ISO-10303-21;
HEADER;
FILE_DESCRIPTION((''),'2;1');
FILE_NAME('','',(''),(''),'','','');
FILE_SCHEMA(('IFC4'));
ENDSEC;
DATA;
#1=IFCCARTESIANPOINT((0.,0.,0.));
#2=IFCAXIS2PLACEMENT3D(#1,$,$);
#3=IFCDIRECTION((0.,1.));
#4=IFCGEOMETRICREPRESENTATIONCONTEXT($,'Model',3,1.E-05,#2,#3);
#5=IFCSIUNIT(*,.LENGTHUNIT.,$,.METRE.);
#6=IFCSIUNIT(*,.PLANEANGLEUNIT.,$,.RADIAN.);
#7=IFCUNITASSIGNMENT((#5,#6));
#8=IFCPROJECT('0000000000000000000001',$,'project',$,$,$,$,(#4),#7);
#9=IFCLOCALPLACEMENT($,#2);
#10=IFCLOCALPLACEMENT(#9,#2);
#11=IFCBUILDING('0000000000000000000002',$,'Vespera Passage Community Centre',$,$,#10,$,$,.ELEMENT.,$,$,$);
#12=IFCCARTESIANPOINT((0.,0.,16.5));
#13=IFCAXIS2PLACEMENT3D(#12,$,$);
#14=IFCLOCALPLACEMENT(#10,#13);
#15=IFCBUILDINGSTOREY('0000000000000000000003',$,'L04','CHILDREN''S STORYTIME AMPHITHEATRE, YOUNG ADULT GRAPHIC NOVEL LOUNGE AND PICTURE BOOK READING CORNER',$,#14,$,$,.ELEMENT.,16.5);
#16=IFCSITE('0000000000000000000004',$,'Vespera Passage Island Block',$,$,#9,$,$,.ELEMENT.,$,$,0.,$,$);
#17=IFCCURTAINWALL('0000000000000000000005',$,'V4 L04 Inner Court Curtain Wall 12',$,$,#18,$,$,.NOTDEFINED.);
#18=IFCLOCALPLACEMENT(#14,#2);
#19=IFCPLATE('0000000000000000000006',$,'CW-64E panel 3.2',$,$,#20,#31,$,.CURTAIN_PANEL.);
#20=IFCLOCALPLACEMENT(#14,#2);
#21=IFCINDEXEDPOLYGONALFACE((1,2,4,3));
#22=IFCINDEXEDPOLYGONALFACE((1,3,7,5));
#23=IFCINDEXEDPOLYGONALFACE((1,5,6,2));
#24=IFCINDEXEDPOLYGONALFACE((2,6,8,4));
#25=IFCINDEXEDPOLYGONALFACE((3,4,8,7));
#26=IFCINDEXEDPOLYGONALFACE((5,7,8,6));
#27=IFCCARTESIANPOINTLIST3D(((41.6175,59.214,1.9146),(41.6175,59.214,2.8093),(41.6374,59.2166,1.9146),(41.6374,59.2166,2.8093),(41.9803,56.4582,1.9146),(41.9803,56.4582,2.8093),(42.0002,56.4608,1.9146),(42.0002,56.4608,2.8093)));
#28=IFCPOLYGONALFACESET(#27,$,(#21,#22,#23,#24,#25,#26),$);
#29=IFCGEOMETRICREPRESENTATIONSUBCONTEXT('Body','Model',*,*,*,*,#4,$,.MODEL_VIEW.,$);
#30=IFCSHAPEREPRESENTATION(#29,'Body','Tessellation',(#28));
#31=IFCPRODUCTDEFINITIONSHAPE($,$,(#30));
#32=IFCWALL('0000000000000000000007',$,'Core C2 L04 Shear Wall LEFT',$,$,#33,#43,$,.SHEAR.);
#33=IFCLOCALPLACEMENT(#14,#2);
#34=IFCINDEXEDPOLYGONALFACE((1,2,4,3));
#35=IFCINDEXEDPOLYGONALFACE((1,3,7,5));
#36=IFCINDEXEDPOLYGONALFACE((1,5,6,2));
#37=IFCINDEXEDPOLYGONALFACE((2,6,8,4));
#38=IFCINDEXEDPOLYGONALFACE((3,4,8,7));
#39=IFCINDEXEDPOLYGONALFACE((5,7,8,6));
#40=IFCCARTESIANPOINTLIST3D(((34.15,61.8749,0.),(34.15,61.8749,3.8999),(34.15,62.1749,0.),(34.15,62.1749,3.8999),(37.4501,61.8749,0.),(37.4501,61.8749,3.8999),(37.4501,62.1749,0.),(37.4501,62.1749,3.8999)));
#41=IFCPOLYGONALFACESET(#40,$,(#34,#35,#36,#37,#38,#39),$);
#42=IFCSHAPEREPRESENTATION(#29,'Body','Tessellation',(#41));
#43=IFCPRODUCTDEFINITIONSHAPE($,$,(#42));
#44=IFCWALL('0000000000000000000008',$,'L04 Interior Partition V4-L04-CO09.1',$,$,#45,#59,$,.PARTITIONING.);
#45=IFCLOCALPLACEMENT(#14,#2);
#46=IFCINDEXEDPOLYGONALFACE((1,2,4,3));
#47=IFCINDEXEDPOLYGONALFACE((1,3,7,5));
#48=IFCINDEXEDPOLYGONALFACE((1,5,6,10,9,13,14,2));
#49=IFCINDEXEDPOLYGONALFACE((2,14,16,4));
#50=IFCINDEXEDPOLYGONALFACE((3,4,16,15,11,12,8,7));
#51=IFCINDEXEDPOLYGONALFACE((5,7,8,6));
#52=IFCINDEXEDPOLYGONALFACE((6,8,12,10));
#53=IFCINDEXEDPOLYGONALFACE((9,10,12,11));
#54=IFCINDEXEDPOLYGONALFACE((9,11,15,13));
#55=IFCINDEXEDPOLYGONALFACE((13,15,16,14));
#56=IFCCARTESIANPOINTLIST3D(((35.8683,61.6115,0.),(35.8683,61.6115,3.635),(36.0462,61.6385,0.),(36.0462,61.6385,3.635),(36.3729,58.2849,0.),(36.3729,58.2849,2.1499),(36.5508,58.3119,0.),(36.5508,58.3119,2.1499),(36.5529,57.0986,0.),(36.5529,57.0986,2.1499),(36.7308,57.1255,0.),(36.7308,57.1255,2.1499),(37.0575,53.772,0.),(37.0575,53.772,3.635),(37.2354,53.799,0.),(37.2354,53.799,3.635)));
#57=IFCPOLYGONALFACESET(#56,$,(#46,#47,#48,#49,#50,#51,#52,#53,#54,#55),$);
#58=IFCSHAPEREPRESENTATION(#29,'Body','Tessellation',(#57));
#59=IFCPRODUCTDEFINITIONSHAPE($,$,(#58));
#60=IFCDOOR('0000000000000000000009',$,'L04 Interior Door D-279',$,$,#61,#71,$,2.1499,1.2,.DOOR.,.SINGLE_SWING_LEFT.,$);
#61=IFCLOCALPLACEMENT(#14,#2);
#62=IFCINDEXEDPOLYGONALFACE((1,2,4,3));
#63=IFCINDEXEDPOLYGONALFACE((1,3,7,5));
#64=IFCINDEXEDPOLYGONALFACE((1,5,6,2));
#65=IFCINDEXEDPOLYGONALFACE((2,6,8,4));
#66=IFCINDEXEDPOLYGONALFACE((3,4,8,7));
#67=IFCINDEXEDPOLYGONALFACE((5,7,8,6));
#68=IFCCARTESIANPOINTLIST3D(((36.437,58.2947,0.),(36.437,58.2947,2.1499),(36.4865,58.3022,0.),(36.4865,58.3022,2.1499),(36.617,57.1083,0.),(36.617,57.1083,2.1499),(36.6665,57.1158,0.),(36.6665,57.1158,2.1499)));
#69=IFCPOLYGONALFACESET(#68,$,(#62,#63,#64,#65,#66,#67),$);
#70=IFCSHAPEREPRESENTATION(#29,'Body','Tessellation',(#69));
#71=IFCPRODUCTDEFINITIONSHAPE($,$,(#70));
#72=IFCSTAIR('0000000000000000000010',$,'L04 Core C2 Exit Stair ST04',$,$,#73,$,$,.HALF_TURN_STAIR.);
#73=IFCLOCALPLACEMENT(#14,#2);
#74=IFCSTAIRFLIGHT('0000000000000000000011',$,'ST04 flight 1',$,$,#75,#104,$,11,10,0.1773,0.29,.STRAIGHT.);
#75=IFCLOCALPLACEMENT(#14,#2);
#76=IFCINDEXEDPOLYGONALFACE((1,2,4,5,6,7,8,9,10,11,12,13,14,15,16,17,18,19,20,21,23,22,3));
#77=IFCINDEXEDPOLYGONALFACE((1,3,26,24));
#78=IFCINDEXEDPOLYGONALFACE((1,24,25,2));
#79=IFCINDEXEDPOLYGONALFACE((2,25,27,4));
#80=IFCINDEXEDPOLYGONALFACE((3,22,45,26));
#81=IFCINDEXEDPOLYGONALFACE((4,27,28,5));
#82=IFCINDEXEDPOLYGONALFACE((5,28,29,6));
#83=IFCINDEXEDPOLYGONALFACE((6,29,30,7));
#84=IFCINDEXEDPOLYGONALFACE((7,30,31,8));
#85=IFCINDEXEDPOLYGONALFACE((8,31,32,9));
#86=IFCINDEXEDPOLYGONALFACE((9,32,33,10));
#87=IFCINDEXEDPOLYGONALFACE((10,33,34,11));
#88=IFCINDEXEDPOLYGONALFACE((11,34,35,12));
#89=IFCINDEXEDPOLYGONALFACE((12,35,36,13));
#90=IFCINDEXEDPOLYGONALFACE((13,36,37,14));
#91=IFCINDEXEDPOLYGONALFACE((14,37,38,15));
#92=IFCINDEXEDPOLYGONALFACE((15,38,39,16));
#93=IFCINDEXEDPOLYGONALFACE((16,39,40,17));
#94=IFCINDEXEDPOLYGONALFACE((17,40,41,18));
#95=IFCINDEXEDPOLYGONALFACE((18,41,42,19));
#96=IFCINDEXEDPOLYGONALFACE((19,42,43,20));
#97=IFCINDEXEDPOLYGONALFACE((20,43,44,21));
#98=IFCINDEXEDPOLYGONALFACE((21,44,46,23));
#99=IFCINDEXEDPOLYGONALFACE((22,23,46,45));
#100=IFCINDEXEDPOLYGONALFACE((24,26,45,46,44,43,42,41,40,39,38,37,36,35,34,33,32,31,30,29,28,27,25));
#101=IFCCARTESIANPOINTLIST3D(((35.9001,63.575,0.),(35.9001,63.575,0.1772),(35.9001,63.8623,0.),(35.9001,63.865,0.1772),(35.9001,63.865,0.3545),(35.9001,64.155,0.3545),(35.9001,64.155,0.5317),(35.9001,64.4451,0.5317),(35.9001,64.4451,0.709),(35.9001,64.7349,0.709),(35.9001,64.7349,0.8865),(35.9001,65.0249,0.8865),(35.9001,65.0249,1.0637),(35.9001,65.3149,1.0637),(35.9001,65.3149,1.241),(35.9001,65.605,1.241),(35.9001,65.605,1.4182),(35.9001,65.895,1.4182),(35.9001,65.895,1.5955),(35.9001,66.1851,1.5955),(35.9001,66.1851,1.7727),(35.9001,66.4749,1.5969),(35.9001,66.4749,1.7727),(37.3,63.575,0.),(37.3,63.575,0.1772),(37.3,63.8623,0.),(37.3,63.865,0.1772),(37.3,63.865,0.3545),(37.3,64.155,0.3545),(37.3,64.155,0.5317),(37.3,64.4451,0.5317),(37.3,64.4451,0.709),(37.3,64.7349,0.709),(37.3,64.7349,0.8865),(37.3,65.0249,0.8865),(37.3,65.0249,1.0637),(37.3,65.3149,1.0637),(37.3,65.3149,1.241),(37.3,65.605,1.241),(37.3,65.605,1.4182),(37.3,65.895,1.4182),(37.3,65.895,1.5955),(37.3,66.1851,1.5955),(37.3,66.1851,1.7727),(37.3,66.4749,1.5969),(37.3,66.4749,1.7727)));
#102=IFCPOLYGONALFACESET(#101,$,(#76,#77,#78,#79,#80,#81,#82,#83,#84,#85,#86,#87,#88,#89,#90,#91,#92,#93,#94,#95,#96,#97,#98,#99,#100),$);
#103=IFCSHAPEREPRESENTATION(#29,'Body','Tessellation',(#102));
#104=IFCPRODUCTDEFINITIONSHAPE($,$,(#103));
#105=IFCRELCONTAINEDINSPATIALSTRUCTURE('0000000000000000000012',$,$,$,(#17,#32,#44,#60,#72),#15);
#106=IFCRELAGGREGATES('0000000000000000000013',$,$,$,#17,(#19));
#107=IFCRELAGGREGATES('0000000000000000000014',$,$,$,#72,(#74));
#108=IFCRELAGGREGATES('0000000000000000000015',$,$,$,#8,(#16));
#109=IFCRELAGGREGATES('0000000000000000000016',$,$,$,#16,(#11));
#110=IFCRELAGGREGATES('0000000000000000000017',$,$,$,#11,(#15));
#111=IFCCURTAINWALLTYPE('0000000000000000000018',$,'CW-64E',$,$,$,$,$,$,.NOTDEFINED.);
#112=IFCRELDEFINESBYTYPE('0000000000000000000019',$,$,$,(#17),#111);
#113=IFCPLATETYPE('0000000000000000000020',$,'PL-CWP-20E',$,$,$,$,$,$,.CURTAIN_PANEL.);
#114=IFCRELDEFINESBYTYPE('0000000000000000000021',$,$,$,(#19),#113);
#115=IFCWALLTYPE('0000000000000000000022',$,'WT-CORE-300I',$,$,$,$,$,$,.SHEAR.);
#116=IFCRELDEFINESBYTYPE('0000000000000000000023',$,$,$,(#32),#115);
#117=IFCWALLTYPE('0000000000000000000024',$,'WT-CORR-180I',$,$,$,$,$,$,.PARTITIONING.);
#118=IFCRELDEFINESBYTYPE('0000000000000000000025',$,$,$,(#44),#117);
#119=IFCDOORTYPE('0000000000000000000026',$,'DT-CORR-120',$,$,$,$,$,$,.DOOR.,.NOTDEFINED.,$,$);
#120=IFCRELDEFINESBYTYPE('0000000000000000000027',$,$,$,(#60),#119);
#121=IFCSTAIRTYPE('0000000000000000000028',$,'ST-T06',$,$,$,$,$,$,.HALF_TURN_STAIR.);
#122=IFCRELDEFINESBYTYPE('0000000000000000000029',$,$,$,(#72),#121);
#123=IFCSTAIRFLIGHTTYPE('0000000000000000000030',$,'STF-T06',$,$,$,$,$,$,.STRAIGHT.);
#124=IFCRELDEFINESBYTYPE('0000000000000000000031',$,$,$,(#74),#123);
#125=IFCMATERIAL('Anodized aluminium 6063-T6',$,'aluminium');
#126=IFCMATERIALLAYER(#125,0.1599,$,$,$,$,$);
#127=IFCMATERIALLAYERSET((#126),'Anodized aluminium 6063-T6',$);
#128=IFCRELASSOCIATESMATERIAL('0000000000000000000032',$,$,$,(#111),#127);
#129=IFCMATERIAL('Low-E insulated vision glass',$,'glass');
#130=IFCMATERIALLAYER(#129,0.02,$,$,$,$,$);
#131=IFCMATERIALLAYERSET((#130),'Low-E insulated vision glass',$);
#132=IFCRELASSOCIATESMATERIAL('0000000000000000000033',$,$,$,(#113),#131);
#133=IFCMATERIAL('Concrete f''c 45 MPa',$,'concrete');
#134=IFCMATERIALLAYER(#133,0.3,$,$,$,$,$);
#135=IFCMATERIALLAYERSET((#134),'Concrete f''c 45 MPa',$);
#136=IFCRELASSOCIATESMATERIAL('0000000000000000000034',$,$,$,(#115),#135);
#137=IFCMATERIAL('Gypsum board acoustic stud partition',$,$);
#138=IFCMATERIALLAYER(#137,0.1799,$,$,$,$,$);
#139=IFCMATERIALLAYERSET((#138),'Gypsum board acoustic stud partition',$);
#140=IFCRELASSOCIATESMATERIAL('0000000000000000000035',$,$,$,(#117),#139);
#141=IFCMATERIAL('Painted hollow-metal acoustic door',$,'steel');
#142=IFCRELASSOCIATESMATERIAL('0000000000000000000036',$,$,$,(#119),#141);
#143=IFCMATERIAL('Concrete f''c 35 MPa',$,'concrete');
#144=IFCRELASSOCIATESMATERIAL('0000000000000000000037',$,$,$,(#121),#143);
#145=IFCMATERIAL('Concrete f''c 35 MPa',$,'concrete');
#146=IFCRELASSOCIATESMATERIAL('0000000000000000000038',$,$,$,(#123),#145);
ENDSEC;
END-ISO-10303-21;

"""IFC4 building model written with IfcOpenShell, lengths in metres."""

from ifc_helpers import new_model, si_unit, direction, frame, frame_2d, origin, origin_2d, place, context, subcontext, project, spatial, polyline, rectangle, outline, extrude, material, layer, layer_set, type_object, element, fill, aggregate, save


model = new_model("IFC4")

# Units and contexts
model_context = context("Model", 3, precision=1e-05, world=origin(), true_north=direction((0.0, 1.0)))
body_context = subcontext(model_context, "Body", "Model", "MODEL_VIEW")
ifc_project = project(units=[si_unit("LENGTHUNIT", "METRE"), si_unit("PLANEANGLEUNIT", "RADIAN")], contexts=[model_context])

# Site, building, storey
site_placement = place(None, origin())
site = spatial("IfcSite", under=ifc_project, at=site_placement, Name="Vespera Passage Island Block", CompositionType="ELEMENT", RefElevation=0.0)
building_placement = place(site_placement, origin())
building = spatial("IfcBuilding", under=site, at=building_placement, Name="Vespera Passage Community Centre", CompositionType="ELEMENT")
storey_placement = place(building_placement, frame((0.0, 0.0, 16.5)))
storey = spatial("IfcBuildingStorey", under=building, at=storey_placement, Name="L04", Description="CHILDREN'S STORYTIME AMPHITHEATRE, YOUNG ADULT GRAPHIC NOVEL LOUNGE AND PICTURE BOOK READING CORNER", CompositionType="ELEMENT", Elevation=16.5)

# Curtain wall, plate
ifc_material_1 = material(Name="Anodized aluminium 6063-T6", Category="aluminium")
ifc_layer_1 = layer(ifc_material_1, 0.1599)
ifc_layer_set_1 = layer_set([ifc_layer_1], Name="Anodized aluminium 6063-T6")
curtain_wall_type = type_object("IfcCurtainWallType", Name="CW-64E", PredefinedType="NOTDEFINED", material=ifc_layer_set_1)
curtain_wall_placement = place(storey_placement, origin())
curtain_wall = element("IfcCurtainWall", 1, at=curtain_wall_placement, inside=storey, type_object=curtain_wall_type, Name="V4 L04 Inner Court Curtain Wall 12", PredefinedType="NOTDEFINED")
ifc_material_2 = material(Name="Low-E insulated vision glass", Category="glass")
ifc_layer_2 = layer(ifc_material_2, 0.02)
ifc_layer_set_2 = layer_set([ifc_layer_2], Name="Low-E insulated vision glass")
plate_type = type_object("IfcPlateType", Name="PL-CWP-20E", PredefinedType="CURTAIN_PANEL", material=ifc_layer_set_2)
plate_1_placement = place(storey_placement, frame((41.8088, 57.8374, 1.9146), z_axis=(0.0, 0.0, 1.0), x_axis=(0.130522, -0.991445, 0.0)))
plate_1 = element("IfcPlate", 2, at=plate_1_placement, type_object=plate_type, Name="CW-64E panel 3.2", PredefinedType="CURTAIN_PANEL", context=body_context, shape_type="SweptSolid", body=[
    extrude(rectangle(XDim=2.7795, YDim=0.02, at=origin_2d()), origin(), (0.0, 0.0, 1.0), 0.8948),
])
aggregate(curtain_wall, [plate_1])

# Wall
ifc_material_3 = material(Name="Concrete f'c 45 MPa", Category="concrete")
ifc_layer_3 = layer(ifc_material_3, 0.3)
ifc_layer_set_3 = layer_set([ifc_layer_3], Name="Concrete f'c 45 MPa")
wall_type_1 = type_object("IfcWallType", Name="WT-CORE-300I", PredefinedType="SHEAR", material=ifc_layer_set_3)
wall_1_placement = place(storey_placement, frame((37.45, 62.0249, 0.0), z_axis=(0.0, 0.0, 1.0), x_axis=(-1.0, 0.0, 0.0)))
element("IfcWall", 3, at=wall_1_placement, inside=storey, type_object=wall_type_1, Name="Core C2 L04 Shear Wall LEFT", PredefinedType="SHEAR", context=body_context, shape_type="SweptSolid", body=[
    extrude(rectangle(XDim=3.3, YDim=0.3, at=frame_2d((1.6499, 0.0))), origin(), (0.0, 0.0, 1.0), 3.8999),
])

# Wall, opening, door
ifc_material_4 = material(Name="Gypsum board acoustic stud partition")
ifc_layer_4 = layer(ifc_material_4, 0.1799)
ifc_layer_set_4 = layer_set([ifc_layer_4], Name="Gypsum board acoustic stud partition")
wall_type_2 = type_object("IfcWallType", Name="WT-CORR-180I", PredefinedType="PARTITIONING", material=ifc_layer_set_4)
wall_2_placement = place(storey_placement, frame((35.9573, 61.625, 0.0), z_axis=(0.0, 0.0, 1.0), x_axis=(0.149977, -0.98869, 0.0)))
wall_2 = element("IfcWall", 4, at=wall_2_placement, inside=storey, type_object=wall_type_2, Name="L04 Interior Partition V4-L04-CO09.1", PredefinedType="PARTITIONING", context=body_context, shape_type="SweptSolid", body=[
    extrude(rectangle(XDim=7.9292, YDim=0.1799, at=frame_2d((3.9646, 0.0))), origin(), (0.0, 0.0, 1.0), 3.635),
])
opening_1_placement = place(wall_2_placement, frame((3.3645, 0.0, 0.0)))
opening_1 = element("IfcOpeningElement", 5, at=opening_1_placement, cuts=wall_2, PredefinedType="OPENING", context=body_context, shape_type="SweptSolid", body=[
    extrude(rectangle(XDim=1.2, YDim=2.1499, at=frame_2d((0.6001, 1.075))), frame((0.0, 0.0999, 0.0), z_axis=(0.0, -1.0, 0.0), x_axis=(1.0, 0.0, 0.0)), (0.0, 0.0, 1.0), 0.2),
])
ifc_material_5 = material(Name="Painted hollow-metal acoustic door", Category="steel")
door_type_1 = type_object("IfcDoorType", Name="DT-CORR-120", OperationType="NOTDEFINED", PredefinedType="DOOR", material=ifc_material_5)
door_1_placement = place(opening_1_placement, origin())
door_1 = element("IfcDoor", 6, at=door_1_placement, inside=storey, type_object=door_type_1, Name="L04 Interior Door D-279", OperationType="SINGLE_SWING_LEFT", OverallHeight=2.1499, OverallWidth=1.2, PredefinedType="DOOR", context=body_context, shape_type="SweptSolid", body=[
    extrude(rectangle(XDim=1.2, YDim=2.1499, at=frame_2d((0.6001, 1.075))), frame((0.0, 0.0249, 0.0), z_axis=(0.0, -1.0, 0.0), x_axis=(1.0, 0.0, 0.0)), (0.0, 0.0, 1.0), 0.05),
])
fill(opening_1, door_1)

# Stair, stair flight
ifc_material_6 = material(Name="Concrete f'c 35 MPa", Category="concrete")
stair_type = type_object("IfcStairType", Name="ST-T06", PredefinedType="HALF_TURN_STAIR", material=ifc_material_6)
stair_placement = place(storey_placement, origin())
stair = element("IfcStair", 7, at=stair_placement, inside=storey, type_object=stair_type, Name="L04 Core C2 Exit Stair ST04", PredefinedType="HALF_TURN_STAIR")
ifc_material_7 = material(Name="Concrete f'c 35 MPa", Category="concrete")
stair_flight_type = type_object("IfcStairFlightType", Name="STF-T06", PredefinedType="STRAIGHT", material=ifc_material_7)
stair_flight_placement = place(storey_placement, frame((36.6001, 63.575, 0.0), z_axis=(0.0, 0.0, 1.0), x_axis=(0.0, 1.0, 0.0)))
stair_flight = element("IfcStairFlight", 8, at=stair_flight_placement, type_object=stair_flight_type, Name="ST04 flight 1", NumberOfRisers=11, NumberOfTreads=10, PredefinedType="STRAIGHT", RiserHeight=0.1773, TreadLength=0.29, context=body_context, shape_type="SweptSolid", body=[
    extrude(outline(polyline([(0.0, 0.0), (0.0, 0.1772), (0.29, 0.1772), (0.29, 0.3545), (0.5801, 0.3545), (0.5801, 0.5317), (0.8701, 0.5317), (0.8701, 0.709), (1.1599, 0.709), (1.1599, 0.8865), (1.45, 0.8865), (1.45, 1.0637), (1.74, 1.0637), (1.74, 1.241), (2.03, 1.241), (2.03, 1.4182), (2.3201, 1.4182), (2.3201, 1.5955), (2.6101, 1.5955), (2.6101, 1.7727), (2.8999, 1.7727), (2.8999, 1.95), (2.8999, 1.5969), (0.2874, 0.0), (0.0, 0.0)])), frame((0.0, 0.7, 0.0), z_axis=(0.0, -1.0, 0.0), x_axis=(1.0, 0.0, 0.0)), (0.0, 0.0, 1.0), 1.3999),
])
aggregate(stair, [stair_flight])

save(model, "model.ifc")
